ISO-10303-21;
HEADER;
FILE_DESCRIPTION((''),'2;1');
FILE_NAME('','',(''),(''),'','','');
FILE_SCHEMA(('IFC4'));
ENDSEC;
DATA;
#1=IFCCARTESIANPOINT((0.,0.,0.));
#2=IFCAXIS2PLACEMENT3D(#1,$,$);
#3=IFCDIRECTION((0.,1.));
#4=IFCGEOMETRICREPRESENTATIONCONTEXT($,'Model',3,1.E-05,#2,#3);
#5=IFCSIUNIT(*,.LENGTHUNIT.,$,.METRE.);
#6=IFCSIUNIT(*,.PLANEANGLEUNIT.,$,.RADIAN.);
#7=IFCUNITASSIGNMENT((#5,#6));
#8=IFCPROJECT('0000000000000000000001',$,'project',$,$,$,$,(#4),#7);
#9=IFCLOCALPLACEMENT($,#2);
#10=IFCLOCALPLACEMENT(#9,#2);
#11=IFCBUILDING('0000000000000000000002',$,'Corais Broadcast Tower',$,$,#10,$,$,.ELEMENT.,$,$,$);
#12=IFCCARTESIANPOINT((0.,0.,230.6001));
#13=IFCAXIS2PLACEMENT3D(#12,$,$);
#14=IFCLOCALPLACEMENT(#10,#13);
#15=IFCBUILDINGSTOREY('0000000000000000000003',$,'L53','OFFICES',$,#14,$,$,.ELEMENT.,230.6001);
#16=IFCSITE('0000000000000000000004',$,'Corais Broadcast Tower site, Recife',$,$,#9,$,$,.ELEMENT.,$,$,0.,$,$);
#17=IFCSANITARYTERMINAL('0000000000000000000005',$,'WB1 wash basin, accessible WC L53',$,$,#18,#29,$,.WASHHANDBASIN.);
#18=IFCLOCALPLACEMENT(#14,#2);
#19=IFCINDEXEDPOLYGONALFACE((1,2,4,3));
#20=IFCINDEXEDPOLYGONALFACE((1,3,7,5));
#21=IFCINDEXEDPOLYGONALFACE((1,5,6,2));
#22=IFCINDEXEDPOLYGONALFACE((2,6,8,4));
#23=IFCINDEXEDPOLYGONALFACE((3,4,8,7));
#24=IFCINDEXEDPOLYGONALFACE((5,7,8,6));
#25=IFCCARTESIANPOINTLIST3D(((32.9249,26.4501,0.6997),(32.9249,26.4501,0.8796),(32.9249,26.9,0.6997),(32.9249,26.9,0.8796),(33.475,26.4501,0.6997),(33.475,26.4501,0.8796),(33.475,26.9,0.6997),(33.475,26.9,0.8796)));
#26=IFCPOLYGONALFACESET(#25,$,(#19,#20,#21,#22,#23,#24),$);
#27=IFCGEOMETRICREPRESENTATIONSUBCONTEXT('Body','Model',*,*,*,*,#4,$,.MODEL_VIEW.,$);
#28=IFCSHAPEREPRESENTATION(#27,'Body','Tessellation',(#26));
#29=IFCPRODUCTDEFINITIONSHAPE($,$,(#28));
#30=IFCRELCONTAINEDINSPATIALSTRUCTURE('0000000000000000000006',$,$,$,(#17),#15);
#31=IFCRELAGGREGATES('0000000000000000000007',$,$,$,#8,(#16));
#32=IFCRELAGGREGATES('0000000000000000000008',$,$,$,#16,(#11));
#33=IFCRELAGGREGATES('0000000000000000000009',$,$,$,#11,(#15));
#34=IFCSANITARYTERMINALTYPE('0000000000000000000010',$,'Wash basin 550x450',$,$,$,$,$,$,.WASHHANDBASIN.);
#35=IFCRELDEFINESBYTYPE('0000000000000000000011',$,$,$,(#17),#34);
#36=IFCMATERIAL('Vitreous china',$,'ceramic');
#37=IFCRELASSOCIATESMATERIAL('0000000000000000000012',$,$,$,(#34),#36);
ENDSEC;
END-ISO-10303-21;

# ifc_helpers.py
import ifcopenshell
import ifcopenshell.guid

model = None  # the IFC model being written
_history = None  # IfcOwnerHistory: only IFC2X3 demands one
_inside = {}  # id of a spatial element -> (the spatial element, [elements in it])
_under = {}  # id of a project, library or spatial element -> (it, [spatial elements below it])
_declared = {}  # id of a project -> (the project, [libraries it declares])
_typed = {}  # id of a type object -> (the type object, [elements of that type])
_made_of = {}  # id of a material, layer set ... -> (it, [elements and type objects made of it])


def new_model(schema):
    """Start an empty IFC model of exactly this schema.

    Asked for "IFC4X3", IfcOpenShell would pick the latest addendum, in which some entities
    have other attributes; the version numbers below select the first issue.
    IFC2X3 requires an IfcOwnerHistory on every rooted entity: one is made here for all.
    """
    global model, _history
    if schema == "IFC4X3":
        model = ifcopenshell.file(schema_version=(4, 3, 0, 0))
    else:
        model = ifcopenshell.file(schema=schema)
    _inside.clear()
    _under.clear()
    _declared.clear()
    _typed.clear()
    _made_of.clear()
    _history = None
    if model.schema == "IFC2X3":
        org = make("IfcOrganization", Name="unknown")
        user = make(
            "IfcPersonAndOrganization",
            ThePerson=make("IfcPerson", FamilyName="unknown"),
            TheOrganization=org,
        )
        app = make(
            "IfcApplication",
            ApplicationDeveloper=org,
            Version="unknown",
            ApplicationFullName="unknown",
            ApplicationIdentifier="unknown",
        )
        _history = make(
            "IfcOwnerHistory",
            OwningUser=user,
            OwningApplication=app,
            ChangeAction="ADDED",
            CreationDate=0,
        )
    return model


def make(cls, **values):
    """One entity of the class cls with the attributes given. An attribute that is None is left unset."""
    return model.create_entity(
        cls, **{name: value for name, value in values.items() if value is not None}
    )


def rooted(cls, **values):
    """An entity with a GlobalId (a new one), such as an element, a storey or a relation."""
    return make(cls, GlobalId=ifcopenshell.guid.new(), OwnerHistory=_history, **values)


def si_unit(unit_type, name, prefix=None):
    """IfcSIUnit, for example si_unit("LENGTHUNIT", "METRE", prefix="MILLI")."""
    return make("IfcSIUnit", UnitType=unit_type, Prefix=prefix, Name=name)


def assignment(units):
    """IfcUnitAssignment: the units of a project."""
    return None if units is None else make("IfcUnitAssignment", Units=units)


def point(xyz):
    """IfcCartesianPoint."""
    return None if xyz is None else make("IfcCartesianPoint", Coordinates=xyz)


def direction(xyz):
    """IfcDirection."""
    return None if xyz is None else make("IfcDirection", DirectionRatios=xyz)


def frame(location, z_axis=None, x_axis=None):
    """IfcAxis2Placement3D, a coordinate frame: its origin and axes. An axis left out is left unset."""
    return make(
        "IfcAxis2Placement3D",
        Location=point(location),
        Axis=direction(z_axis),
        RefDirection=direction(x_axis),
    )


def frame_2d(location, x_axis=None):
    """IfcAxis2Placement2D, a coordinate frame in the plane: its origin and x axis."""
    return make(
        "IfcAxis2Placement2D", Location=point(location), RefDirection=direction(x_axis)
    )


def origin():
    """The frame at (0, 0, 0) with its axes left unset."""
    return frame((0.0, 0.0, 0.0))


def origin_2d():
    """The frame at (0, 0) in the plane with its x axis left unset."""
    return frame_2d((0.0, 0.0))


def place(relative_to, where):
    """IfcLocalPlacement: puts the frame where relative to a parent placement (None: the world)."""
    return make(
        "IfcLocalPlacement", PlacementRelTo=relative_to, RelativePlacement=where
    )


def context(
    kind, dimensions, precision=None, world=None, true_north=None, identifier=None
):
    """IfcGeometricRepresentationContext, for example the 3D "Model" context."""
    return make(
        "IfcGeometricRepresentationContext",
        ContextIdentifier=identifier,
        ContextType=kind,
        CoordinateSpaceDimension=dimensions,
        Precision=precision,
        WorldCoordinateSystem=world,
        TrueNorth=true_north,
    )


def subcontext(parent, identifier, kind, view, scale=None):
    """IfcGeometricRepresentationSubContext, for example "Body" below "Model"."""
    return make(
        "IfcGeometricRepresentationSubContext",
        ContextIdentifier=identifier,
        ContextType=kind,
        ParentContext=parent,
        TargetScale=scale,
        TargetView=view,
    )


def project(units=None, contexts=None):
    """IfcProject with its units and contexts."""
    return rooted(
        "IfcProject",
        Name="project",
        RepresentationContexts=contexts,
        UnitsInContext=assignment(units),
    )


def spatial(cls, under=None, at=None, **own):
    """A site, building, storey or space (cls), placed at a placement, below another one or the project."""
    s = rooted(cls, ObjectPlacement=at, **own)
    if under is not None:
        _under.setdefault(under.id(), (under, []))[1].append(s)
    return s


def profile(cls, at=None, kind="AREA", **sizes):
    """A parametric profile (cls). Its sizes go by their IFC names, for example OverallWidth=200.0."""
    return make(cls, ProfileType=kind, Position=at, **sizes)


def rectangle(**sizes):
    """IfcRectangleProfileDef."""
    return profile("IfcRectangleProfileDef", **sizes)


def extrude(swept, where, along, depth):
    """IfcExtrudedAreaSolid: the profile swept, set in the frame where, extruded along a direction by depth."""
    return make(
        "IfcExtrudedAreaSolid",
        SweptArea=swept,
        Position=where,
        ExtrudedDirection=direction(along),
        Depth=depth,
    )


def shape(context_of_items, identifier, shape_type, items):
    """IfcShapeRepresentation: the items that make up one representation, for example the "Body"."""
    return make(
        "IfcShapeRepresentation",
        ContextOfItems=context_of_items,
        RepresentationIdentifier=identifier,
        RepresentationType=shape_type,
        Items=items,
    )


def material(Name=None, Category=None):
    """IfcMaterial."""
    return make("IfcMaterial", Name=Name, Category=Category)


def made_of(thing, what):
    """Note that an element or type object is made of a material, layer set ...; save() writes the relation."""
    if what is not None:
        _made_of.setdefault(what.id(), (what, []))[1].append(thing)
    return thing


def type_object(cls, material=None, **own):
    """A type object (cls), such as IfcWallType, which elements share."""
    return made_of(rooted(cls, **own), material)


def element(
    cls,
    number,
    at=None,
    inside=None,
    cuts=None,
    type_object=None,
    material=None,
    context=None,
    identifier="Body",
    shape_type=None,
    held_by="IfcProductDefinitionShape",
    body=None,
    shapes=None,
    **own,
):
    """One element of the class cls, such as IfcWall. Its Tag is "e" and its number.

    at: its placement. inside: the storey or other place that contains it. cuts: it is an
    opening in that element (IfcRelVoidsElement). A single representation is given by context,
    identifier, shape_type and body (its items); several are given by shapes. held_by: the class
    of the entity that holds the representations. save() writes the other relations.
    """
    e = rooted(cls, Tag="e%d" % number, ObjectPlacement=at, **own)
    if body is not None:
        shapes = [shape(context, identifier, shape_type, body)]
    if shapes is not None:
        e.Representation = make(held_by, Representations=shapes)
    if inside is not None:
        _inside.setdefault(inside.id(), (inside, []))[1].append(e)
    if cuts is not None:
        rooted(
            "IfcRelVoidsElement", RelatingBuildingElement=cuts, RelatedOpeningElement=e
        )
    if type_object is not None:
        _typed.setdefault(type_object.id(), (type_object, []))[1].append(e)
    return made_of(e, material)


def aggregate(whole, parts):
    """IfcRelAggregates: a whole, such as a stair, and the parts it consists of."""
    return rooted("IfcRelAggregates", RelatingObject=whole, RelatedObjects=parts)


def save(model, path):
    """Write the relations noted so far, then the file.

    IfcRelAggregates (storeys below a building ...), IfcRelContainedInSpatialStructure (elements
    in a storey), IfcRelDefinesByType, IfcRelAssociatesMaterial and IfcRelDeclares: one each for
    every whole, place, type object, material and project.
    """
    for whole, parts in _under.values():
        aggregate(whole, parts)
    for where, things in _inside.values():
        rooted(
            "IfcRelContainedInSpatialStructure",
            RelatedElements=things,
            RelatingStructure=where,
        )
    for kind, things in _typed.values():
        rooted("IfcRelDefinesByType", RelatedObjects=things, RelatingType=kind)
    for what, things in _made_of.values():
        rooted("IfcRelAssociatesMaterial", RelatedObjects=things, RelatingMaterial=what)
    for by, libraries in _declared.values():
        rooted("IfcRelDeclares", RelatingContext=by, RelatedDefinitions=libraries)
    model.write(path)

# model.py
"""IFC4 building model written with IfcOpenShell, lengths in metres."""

from ifc_helpers import new_model, si_unit, direction, frame, origin, origin_2d, place, context, subcontext, project, spatial, rectangle, extrude, material, type_object, element, save


model = new_model("IFC4")

# Units and contexts
model_context = context("Model", 3, precision=1e-05, world=origin(), true_north=direction((0.0, 1.0)))
body_context = subcontext(model_context, "Body", "Model", "MODEL_VIEW")
ifc_project = project(units=[si_unit("LENGTHUNIT", "METRE"), si_unit("PLANEANGLEUNIT", "RADIAN")], contexts=[model_context])

# Site, building, storey
site_placement = place(None, origin())
site = spatial("IfcSite", under=ifc_project, at=site_placement, Name="Corais Broadcast Tower site, Recife", CompositionType="ELEMENT", RefElevation=0.0)
building_placement = place(site_placement, origin())
building = spatial("IfcBuilding", under=site, at=building_placement, Name="Corais Broadcast Tower", CompositionType="ELEMENT")
storey_placement = place(building_placement, frame((0.0, 0.0, 230.6001)))
storey = spatial("IfcBuildingStorey", under=building, at=storey_placement, Name="L53", Description="OFFICES", CompositionType="ELEMENT", Elevation=230.6001)

# Sanitary terminal
ifc_material_1 = material(Name="Vitreous china", Category="ceramic")
sanitary_terminal_type_1 = type_object("IfcSanitaryTerminalType", Name="Wash basin 550x450", PredefinedType="WASHHANDBASIN", material=ifc_material_1)
sanitary_terminal_placement = place(storey_placement, frame((33.2, 26.675, 0.6997), z_axis=(0.0, 0.0, 1.0), x_axis=(1.0, 0.0, 0.0)))
element("IfcSanitaryTerminal", 1, at=sanitary_terminal_placement, inside=storey, type_object=sanitary_terminal_type_1, Name="WB1 wash basin, accessible WC L53", PredefinedType="WASHHANDBASIN", context=body_context, shape_type="SweptSolid", body=[
    extrude(rectangle(XDim=0.55, YDim=0.45, at=origin_2d()), origin(), (0.0, 0.0, 1.0), 0.1799),
])

save(model, "model.ifc")
